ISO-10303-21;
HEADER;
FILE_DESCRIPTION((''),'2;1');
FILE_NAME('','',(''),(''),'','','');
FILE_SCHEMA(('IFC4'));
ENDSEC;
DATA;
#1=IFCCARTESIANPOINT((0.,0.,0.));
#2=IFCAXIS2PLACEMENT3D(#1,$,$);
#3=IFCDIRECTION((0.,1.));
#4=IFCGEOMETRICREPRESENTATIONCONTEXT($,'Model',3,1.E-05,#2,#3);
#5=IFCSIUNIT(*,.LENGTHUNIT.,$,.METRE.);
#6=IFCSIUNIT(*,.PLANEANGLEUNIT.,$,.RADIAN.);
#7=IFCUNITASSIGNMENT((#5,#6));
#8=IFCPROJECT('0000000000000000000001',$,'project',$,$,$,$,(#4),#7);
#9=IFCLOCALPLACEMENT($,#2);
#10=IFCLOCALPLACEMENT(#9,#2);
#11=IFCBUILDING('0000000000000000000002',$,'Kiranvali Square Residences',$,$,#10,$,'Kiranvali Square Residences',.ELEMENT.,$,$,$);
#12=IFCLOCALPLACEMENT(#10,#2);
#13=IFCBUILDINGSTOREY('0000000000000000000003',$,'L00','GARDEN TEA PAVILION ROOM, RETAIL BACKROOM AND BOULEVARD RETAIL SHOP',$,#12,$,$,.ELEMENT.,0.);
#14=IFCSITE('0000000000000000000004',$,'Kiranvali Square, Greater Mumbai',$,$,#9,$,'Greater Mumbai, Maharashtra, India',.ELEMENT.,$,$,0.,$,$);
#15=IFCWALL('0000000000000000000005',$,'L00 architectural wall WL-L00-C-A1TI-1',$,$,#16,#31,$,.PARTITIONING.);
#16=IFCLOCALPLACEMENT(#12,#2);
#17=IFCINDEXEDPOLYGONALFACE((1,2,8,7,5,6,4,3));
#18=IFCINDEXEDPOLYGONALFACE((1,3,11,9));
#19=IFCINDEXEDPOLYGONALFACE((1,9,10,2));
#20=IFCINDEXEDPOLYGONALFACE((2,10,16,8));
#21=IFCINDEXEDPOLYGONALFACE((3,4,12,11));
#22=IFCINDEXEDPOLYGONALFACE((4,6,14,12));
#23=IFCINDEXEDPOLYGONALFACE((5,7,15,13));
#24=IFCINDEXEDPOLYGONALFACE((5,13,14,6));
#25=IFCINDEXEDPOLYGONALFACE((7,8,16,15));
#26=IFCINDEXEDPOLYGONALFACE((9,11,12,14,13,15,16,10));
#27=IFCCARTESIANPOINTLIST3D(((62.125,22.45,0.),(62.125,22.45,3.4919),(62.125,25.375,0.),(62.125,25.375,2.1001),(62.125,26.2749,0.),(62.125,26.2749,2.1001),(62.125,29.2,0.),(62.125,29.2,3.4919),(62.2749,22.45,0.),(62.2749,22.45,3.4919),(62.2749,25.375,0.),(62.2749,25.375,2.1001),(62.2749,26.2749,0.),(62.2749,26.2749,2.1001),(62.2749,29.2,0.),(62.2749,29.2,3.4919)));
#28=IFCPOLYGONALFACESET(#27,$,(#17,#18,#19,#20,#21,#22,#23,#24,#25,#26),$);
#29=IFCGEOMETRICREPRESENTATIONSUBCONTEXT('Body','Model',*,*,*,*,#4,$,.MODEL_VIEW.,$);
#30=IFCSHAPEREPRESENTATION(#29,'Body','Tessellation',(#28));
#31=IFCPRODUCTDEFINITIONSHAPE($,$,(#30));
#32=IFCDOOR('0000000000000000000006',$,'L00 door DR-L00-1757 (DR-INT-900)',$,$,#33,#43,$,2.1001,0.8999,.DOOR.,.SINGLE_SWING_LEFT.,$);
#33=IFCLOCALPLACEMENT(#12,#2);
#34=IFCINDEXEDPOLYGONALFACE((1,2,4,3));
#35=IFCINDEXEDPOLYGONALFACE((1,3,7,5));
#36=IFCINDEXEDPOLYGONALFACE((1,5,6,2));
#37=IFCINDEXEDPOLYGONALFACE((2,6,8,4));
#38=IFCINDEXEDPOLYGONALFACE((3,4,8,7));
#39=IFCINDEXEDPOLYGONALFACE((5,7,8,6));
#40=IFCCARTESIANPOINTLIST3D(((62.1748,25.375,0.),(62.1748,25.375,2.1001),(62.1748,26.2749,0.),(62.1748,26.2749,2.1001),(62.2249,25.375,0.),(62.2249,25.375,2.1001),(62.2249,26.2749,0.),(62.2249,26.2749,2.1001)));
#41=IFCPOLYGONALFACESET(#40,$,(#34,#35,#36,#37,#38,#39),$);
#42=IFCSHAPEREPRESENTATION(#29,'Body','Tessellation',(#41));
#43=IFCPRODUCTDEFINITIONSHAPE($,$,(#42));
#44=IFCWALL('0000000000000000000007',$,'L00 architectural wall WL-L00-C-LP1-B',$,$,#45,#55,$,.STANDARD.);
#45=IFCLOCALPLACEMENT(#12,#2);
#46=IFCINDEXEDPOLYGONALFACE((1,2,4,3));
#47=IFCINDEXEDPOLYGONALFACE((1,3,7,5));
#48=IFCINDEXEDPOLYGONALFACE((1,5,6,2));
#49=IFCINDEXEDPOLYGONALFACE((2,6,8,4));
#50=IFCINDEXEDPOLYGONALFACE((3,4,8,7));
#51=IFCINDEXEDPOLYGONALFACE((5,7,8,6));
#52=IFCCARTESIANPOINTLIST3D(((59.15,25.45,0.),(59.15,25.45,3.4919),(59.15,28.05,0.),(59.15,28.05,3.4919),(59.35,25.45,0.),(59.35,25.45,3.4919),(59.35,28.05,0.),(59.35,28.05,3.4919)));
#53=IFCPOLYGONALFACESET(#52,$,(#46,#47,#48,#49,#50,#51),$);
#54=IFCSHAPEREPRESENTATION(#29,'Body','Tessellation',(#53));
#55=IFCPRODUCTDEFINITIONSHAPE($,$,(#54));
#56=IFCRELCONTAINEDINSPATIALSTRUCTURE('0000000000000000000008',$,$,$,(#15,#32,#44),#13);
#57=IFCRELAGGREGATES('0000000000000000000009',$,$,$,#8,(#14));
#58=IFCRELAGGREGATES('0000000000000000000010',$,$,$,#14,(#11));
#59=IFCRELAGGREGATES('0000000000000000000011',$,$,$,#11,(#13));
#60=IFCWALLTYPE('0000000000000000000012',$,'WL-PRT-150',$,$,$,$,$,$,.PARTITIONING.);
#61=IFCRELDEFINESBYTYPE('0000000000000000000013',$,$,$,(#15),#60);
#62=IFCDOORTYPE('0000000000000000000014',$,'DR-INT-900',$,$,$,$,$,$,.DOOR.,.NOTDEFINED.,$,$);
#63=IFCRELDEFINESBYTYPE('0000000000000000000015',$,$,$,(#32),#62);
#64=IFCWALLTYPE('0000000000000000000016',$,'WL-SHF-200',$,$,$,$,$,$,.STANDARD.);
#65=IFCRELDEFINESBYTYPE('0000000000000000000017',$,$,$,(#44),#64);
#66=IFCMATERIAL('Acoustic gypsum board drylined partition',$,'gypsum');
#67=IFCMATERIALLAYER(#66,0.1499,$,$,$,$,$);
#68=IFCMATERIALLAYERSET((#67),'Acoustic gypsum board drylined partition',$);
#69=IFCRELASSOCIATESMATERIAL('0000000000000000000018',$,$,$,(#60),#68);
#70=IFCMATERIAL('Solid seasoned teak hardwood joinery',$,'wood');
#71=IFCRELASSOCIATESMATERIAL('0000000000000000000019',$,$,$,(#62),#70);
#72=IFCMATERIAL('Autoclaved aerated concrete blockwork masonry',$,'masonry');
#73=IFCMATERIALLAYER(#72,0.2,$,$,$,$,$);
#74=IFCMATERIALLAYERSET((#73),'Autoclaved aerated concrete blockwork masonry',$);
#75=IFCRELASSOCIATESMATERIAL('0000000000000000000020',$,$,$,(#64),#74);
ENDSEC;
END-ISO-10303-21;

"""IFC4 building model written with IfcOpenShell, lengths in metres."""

from ifc_helpers import new_model, si_unit, direction, frame, frame_2d, origin, place, context, subcontext, project, spatial, rectangle, extrude, material, layer, layer_set, type_object, element, fill, save


model = new_model("IFC4")

# Units and contexts
model_context = context("Model", 3, precision=1e-05, world=origin(), true_north=direction((0.0, 1.0)))
body_context = subcontext(model_context, "Body", "Model", "MODEL_VIEW")
ifc_project = project(units=[si_unit("LENGTHUNIT", "METRE"), si_unit("PLANEANGLEUNIT", "RADIAN")], contexts=[model_context])

# Site, building, storey
site_placement = place(None, origin())
site = spatial("IfcSite", under=ifc_project, at=site_placement, Name="Kiranvali Square, Greater Mumbai", LongName="Greater Mumbai, Maharashtra, India", CompositionType="ELEMENT", RefElevation=0.0)
building_placement = place(site_placement, origin())
building = spatial("IfcBuilding", under=site, at=building_placement, Name="Kiranvali Square Residences", LongName="Kiranvali Square Residences", CompositionType="ELEMENT")
storey_placement = place(building_placement, origin())
storey = spatial("IfcBuildingStorey", under=building, at=storey_placement, Name="L00", Description="GARDEN TEA PAVILION ROOM, RETAIL BACKROOM AND BOULEVARD RETAIL SHOP", CompositionType="ELEMENT", Elevation=0.0)

# Shared definitions
ifc_material_1 = material(Name="Autoclaved aerated concrete blockwork masonry", Category="masonry")

# Wall, opening, door
ifc_material_2 = material(Name="Acoustic gypsum board drylined partition", Category="gypsum")
ifc_layer_1 = layer(ifc_material_2, 0.1499)
ifc_layer_set_1 = layer_set([ifc_layer_1], Name="Acoustic gypsum board drylined partition")
wall_type_1 = type_object("IfcWallType", Name="WL-PRT-150", PredefinedType="PARTITIONING", material=ifc_layer_set_1)
wall_1_placement = place(storey_placement, frame((62.2, 29.2, 0.0), z_axis=(0.0, 0.0, 1.0), x_axis=(0.0, -1.0, 0.0)))
wall_1 = element("IfcWall", 1, at=wall_1_placement, inside=storey, type_object=wall_type_1, Name="L00 architectural wall WL-L00-C-A1TI-1", PredefinedType="PARTITIONING", context=body_context, shape_type="SweptSolid", body=[
    extrude(rectangle(XDim=6.75, YDim=0.1499, at=frame_2d((3.375, 0.0))), origin(), (0.0, 0.0, 1.0), 3.4919),
])
opening_1_placement = place(wall_1_placement, frame((2.925, 0.0, 0.0)))
opening_1 = element("IfcOpeningElement", 2, at=opening_1_placement, cuts=wall_1, PredefinedType="OPENING", context=body_context, shape_type="SweptSolid", body=[
    extrude(rectangle(XDim=0.8999, YDim=2.1001, at=frame_2d((0.45, 1.05))), frame((0.0, 0.085, 0.0), z_axis=(0.0, -1.0, 0.0), x_axis=(1.0, 0.0, 0.0)), (0.0, 0.0, 1.0), 0.1699),
])
ifc_material_3 = material(Name="Solid seasoned teak hardwood joinery", Category="wood")
door_type_1 = type_object("IfcDoorType", Name="DR-INT-900", OperationType="NOTDEFINED", PredefinedType="DOOR", material=ifc_material_3)
door_1_placement = place(opening_1_placement, origin())
door_1 = element("IfcDoor", 3, at=door_1_placement, inside=storey, type_object=door_type_1, Name="L00 door DR-L00-1757 (DR-INT-900)", OperationType="SINGLE_SWING_LEFT", OverallHeight=2.1001, OverallWidth=0.8999, PredefinedType="DOOR", context=body_context, shape_type="SweptSolid", body=[
    extrude(rectangle(XDim=0.8999, YDim=2.1001, at=frame_2d((0.45, 1.05))), frame((0.0, 0.0249, 0.0), z_axis=(0.0, -1.0, 0.0), x_axis=(1.0, 0.0, 0.0)), (0.0, 0.0, 1.0), 0.05),
])
fill(opening_1, door_1)

# Wall
ifc_layer_2 = layer(ifc_material_1, 0.2)
ifc_layer_set_2 = layer_set([ifc_layer_2], Name="Autoclaved aerated concrete blockwork masonry")
wall_type_2 = type_object("IfcWallType", Name="WL-SHF-200", PredefinedType="STANDARD", material=ifc_layer_set_2)
wall_2_placement = place(storey_placement, frame((59.25, 28.05, 0.0), z_axis=(0.0, 0.0, 1.0), x_axis=(0.0, -1.0, 0.0)))
element("IfcWall", 4, at=wall_2_placement, inside=storey, type_object=wall_type_2, Name="L00 architectural wall WL-L00-C-LP1-B", PredefinedType="STANDARD", context=body_context, shape_type="SweptSolid", body=[
    extrude(rectangle(XDim=2.6001, YDim=0.2, at=frame_2d((1.3, 0.0))), origin(), (0.0, 0.0, 1.0), 3.4919),
])

save(model, "model.ifc")
